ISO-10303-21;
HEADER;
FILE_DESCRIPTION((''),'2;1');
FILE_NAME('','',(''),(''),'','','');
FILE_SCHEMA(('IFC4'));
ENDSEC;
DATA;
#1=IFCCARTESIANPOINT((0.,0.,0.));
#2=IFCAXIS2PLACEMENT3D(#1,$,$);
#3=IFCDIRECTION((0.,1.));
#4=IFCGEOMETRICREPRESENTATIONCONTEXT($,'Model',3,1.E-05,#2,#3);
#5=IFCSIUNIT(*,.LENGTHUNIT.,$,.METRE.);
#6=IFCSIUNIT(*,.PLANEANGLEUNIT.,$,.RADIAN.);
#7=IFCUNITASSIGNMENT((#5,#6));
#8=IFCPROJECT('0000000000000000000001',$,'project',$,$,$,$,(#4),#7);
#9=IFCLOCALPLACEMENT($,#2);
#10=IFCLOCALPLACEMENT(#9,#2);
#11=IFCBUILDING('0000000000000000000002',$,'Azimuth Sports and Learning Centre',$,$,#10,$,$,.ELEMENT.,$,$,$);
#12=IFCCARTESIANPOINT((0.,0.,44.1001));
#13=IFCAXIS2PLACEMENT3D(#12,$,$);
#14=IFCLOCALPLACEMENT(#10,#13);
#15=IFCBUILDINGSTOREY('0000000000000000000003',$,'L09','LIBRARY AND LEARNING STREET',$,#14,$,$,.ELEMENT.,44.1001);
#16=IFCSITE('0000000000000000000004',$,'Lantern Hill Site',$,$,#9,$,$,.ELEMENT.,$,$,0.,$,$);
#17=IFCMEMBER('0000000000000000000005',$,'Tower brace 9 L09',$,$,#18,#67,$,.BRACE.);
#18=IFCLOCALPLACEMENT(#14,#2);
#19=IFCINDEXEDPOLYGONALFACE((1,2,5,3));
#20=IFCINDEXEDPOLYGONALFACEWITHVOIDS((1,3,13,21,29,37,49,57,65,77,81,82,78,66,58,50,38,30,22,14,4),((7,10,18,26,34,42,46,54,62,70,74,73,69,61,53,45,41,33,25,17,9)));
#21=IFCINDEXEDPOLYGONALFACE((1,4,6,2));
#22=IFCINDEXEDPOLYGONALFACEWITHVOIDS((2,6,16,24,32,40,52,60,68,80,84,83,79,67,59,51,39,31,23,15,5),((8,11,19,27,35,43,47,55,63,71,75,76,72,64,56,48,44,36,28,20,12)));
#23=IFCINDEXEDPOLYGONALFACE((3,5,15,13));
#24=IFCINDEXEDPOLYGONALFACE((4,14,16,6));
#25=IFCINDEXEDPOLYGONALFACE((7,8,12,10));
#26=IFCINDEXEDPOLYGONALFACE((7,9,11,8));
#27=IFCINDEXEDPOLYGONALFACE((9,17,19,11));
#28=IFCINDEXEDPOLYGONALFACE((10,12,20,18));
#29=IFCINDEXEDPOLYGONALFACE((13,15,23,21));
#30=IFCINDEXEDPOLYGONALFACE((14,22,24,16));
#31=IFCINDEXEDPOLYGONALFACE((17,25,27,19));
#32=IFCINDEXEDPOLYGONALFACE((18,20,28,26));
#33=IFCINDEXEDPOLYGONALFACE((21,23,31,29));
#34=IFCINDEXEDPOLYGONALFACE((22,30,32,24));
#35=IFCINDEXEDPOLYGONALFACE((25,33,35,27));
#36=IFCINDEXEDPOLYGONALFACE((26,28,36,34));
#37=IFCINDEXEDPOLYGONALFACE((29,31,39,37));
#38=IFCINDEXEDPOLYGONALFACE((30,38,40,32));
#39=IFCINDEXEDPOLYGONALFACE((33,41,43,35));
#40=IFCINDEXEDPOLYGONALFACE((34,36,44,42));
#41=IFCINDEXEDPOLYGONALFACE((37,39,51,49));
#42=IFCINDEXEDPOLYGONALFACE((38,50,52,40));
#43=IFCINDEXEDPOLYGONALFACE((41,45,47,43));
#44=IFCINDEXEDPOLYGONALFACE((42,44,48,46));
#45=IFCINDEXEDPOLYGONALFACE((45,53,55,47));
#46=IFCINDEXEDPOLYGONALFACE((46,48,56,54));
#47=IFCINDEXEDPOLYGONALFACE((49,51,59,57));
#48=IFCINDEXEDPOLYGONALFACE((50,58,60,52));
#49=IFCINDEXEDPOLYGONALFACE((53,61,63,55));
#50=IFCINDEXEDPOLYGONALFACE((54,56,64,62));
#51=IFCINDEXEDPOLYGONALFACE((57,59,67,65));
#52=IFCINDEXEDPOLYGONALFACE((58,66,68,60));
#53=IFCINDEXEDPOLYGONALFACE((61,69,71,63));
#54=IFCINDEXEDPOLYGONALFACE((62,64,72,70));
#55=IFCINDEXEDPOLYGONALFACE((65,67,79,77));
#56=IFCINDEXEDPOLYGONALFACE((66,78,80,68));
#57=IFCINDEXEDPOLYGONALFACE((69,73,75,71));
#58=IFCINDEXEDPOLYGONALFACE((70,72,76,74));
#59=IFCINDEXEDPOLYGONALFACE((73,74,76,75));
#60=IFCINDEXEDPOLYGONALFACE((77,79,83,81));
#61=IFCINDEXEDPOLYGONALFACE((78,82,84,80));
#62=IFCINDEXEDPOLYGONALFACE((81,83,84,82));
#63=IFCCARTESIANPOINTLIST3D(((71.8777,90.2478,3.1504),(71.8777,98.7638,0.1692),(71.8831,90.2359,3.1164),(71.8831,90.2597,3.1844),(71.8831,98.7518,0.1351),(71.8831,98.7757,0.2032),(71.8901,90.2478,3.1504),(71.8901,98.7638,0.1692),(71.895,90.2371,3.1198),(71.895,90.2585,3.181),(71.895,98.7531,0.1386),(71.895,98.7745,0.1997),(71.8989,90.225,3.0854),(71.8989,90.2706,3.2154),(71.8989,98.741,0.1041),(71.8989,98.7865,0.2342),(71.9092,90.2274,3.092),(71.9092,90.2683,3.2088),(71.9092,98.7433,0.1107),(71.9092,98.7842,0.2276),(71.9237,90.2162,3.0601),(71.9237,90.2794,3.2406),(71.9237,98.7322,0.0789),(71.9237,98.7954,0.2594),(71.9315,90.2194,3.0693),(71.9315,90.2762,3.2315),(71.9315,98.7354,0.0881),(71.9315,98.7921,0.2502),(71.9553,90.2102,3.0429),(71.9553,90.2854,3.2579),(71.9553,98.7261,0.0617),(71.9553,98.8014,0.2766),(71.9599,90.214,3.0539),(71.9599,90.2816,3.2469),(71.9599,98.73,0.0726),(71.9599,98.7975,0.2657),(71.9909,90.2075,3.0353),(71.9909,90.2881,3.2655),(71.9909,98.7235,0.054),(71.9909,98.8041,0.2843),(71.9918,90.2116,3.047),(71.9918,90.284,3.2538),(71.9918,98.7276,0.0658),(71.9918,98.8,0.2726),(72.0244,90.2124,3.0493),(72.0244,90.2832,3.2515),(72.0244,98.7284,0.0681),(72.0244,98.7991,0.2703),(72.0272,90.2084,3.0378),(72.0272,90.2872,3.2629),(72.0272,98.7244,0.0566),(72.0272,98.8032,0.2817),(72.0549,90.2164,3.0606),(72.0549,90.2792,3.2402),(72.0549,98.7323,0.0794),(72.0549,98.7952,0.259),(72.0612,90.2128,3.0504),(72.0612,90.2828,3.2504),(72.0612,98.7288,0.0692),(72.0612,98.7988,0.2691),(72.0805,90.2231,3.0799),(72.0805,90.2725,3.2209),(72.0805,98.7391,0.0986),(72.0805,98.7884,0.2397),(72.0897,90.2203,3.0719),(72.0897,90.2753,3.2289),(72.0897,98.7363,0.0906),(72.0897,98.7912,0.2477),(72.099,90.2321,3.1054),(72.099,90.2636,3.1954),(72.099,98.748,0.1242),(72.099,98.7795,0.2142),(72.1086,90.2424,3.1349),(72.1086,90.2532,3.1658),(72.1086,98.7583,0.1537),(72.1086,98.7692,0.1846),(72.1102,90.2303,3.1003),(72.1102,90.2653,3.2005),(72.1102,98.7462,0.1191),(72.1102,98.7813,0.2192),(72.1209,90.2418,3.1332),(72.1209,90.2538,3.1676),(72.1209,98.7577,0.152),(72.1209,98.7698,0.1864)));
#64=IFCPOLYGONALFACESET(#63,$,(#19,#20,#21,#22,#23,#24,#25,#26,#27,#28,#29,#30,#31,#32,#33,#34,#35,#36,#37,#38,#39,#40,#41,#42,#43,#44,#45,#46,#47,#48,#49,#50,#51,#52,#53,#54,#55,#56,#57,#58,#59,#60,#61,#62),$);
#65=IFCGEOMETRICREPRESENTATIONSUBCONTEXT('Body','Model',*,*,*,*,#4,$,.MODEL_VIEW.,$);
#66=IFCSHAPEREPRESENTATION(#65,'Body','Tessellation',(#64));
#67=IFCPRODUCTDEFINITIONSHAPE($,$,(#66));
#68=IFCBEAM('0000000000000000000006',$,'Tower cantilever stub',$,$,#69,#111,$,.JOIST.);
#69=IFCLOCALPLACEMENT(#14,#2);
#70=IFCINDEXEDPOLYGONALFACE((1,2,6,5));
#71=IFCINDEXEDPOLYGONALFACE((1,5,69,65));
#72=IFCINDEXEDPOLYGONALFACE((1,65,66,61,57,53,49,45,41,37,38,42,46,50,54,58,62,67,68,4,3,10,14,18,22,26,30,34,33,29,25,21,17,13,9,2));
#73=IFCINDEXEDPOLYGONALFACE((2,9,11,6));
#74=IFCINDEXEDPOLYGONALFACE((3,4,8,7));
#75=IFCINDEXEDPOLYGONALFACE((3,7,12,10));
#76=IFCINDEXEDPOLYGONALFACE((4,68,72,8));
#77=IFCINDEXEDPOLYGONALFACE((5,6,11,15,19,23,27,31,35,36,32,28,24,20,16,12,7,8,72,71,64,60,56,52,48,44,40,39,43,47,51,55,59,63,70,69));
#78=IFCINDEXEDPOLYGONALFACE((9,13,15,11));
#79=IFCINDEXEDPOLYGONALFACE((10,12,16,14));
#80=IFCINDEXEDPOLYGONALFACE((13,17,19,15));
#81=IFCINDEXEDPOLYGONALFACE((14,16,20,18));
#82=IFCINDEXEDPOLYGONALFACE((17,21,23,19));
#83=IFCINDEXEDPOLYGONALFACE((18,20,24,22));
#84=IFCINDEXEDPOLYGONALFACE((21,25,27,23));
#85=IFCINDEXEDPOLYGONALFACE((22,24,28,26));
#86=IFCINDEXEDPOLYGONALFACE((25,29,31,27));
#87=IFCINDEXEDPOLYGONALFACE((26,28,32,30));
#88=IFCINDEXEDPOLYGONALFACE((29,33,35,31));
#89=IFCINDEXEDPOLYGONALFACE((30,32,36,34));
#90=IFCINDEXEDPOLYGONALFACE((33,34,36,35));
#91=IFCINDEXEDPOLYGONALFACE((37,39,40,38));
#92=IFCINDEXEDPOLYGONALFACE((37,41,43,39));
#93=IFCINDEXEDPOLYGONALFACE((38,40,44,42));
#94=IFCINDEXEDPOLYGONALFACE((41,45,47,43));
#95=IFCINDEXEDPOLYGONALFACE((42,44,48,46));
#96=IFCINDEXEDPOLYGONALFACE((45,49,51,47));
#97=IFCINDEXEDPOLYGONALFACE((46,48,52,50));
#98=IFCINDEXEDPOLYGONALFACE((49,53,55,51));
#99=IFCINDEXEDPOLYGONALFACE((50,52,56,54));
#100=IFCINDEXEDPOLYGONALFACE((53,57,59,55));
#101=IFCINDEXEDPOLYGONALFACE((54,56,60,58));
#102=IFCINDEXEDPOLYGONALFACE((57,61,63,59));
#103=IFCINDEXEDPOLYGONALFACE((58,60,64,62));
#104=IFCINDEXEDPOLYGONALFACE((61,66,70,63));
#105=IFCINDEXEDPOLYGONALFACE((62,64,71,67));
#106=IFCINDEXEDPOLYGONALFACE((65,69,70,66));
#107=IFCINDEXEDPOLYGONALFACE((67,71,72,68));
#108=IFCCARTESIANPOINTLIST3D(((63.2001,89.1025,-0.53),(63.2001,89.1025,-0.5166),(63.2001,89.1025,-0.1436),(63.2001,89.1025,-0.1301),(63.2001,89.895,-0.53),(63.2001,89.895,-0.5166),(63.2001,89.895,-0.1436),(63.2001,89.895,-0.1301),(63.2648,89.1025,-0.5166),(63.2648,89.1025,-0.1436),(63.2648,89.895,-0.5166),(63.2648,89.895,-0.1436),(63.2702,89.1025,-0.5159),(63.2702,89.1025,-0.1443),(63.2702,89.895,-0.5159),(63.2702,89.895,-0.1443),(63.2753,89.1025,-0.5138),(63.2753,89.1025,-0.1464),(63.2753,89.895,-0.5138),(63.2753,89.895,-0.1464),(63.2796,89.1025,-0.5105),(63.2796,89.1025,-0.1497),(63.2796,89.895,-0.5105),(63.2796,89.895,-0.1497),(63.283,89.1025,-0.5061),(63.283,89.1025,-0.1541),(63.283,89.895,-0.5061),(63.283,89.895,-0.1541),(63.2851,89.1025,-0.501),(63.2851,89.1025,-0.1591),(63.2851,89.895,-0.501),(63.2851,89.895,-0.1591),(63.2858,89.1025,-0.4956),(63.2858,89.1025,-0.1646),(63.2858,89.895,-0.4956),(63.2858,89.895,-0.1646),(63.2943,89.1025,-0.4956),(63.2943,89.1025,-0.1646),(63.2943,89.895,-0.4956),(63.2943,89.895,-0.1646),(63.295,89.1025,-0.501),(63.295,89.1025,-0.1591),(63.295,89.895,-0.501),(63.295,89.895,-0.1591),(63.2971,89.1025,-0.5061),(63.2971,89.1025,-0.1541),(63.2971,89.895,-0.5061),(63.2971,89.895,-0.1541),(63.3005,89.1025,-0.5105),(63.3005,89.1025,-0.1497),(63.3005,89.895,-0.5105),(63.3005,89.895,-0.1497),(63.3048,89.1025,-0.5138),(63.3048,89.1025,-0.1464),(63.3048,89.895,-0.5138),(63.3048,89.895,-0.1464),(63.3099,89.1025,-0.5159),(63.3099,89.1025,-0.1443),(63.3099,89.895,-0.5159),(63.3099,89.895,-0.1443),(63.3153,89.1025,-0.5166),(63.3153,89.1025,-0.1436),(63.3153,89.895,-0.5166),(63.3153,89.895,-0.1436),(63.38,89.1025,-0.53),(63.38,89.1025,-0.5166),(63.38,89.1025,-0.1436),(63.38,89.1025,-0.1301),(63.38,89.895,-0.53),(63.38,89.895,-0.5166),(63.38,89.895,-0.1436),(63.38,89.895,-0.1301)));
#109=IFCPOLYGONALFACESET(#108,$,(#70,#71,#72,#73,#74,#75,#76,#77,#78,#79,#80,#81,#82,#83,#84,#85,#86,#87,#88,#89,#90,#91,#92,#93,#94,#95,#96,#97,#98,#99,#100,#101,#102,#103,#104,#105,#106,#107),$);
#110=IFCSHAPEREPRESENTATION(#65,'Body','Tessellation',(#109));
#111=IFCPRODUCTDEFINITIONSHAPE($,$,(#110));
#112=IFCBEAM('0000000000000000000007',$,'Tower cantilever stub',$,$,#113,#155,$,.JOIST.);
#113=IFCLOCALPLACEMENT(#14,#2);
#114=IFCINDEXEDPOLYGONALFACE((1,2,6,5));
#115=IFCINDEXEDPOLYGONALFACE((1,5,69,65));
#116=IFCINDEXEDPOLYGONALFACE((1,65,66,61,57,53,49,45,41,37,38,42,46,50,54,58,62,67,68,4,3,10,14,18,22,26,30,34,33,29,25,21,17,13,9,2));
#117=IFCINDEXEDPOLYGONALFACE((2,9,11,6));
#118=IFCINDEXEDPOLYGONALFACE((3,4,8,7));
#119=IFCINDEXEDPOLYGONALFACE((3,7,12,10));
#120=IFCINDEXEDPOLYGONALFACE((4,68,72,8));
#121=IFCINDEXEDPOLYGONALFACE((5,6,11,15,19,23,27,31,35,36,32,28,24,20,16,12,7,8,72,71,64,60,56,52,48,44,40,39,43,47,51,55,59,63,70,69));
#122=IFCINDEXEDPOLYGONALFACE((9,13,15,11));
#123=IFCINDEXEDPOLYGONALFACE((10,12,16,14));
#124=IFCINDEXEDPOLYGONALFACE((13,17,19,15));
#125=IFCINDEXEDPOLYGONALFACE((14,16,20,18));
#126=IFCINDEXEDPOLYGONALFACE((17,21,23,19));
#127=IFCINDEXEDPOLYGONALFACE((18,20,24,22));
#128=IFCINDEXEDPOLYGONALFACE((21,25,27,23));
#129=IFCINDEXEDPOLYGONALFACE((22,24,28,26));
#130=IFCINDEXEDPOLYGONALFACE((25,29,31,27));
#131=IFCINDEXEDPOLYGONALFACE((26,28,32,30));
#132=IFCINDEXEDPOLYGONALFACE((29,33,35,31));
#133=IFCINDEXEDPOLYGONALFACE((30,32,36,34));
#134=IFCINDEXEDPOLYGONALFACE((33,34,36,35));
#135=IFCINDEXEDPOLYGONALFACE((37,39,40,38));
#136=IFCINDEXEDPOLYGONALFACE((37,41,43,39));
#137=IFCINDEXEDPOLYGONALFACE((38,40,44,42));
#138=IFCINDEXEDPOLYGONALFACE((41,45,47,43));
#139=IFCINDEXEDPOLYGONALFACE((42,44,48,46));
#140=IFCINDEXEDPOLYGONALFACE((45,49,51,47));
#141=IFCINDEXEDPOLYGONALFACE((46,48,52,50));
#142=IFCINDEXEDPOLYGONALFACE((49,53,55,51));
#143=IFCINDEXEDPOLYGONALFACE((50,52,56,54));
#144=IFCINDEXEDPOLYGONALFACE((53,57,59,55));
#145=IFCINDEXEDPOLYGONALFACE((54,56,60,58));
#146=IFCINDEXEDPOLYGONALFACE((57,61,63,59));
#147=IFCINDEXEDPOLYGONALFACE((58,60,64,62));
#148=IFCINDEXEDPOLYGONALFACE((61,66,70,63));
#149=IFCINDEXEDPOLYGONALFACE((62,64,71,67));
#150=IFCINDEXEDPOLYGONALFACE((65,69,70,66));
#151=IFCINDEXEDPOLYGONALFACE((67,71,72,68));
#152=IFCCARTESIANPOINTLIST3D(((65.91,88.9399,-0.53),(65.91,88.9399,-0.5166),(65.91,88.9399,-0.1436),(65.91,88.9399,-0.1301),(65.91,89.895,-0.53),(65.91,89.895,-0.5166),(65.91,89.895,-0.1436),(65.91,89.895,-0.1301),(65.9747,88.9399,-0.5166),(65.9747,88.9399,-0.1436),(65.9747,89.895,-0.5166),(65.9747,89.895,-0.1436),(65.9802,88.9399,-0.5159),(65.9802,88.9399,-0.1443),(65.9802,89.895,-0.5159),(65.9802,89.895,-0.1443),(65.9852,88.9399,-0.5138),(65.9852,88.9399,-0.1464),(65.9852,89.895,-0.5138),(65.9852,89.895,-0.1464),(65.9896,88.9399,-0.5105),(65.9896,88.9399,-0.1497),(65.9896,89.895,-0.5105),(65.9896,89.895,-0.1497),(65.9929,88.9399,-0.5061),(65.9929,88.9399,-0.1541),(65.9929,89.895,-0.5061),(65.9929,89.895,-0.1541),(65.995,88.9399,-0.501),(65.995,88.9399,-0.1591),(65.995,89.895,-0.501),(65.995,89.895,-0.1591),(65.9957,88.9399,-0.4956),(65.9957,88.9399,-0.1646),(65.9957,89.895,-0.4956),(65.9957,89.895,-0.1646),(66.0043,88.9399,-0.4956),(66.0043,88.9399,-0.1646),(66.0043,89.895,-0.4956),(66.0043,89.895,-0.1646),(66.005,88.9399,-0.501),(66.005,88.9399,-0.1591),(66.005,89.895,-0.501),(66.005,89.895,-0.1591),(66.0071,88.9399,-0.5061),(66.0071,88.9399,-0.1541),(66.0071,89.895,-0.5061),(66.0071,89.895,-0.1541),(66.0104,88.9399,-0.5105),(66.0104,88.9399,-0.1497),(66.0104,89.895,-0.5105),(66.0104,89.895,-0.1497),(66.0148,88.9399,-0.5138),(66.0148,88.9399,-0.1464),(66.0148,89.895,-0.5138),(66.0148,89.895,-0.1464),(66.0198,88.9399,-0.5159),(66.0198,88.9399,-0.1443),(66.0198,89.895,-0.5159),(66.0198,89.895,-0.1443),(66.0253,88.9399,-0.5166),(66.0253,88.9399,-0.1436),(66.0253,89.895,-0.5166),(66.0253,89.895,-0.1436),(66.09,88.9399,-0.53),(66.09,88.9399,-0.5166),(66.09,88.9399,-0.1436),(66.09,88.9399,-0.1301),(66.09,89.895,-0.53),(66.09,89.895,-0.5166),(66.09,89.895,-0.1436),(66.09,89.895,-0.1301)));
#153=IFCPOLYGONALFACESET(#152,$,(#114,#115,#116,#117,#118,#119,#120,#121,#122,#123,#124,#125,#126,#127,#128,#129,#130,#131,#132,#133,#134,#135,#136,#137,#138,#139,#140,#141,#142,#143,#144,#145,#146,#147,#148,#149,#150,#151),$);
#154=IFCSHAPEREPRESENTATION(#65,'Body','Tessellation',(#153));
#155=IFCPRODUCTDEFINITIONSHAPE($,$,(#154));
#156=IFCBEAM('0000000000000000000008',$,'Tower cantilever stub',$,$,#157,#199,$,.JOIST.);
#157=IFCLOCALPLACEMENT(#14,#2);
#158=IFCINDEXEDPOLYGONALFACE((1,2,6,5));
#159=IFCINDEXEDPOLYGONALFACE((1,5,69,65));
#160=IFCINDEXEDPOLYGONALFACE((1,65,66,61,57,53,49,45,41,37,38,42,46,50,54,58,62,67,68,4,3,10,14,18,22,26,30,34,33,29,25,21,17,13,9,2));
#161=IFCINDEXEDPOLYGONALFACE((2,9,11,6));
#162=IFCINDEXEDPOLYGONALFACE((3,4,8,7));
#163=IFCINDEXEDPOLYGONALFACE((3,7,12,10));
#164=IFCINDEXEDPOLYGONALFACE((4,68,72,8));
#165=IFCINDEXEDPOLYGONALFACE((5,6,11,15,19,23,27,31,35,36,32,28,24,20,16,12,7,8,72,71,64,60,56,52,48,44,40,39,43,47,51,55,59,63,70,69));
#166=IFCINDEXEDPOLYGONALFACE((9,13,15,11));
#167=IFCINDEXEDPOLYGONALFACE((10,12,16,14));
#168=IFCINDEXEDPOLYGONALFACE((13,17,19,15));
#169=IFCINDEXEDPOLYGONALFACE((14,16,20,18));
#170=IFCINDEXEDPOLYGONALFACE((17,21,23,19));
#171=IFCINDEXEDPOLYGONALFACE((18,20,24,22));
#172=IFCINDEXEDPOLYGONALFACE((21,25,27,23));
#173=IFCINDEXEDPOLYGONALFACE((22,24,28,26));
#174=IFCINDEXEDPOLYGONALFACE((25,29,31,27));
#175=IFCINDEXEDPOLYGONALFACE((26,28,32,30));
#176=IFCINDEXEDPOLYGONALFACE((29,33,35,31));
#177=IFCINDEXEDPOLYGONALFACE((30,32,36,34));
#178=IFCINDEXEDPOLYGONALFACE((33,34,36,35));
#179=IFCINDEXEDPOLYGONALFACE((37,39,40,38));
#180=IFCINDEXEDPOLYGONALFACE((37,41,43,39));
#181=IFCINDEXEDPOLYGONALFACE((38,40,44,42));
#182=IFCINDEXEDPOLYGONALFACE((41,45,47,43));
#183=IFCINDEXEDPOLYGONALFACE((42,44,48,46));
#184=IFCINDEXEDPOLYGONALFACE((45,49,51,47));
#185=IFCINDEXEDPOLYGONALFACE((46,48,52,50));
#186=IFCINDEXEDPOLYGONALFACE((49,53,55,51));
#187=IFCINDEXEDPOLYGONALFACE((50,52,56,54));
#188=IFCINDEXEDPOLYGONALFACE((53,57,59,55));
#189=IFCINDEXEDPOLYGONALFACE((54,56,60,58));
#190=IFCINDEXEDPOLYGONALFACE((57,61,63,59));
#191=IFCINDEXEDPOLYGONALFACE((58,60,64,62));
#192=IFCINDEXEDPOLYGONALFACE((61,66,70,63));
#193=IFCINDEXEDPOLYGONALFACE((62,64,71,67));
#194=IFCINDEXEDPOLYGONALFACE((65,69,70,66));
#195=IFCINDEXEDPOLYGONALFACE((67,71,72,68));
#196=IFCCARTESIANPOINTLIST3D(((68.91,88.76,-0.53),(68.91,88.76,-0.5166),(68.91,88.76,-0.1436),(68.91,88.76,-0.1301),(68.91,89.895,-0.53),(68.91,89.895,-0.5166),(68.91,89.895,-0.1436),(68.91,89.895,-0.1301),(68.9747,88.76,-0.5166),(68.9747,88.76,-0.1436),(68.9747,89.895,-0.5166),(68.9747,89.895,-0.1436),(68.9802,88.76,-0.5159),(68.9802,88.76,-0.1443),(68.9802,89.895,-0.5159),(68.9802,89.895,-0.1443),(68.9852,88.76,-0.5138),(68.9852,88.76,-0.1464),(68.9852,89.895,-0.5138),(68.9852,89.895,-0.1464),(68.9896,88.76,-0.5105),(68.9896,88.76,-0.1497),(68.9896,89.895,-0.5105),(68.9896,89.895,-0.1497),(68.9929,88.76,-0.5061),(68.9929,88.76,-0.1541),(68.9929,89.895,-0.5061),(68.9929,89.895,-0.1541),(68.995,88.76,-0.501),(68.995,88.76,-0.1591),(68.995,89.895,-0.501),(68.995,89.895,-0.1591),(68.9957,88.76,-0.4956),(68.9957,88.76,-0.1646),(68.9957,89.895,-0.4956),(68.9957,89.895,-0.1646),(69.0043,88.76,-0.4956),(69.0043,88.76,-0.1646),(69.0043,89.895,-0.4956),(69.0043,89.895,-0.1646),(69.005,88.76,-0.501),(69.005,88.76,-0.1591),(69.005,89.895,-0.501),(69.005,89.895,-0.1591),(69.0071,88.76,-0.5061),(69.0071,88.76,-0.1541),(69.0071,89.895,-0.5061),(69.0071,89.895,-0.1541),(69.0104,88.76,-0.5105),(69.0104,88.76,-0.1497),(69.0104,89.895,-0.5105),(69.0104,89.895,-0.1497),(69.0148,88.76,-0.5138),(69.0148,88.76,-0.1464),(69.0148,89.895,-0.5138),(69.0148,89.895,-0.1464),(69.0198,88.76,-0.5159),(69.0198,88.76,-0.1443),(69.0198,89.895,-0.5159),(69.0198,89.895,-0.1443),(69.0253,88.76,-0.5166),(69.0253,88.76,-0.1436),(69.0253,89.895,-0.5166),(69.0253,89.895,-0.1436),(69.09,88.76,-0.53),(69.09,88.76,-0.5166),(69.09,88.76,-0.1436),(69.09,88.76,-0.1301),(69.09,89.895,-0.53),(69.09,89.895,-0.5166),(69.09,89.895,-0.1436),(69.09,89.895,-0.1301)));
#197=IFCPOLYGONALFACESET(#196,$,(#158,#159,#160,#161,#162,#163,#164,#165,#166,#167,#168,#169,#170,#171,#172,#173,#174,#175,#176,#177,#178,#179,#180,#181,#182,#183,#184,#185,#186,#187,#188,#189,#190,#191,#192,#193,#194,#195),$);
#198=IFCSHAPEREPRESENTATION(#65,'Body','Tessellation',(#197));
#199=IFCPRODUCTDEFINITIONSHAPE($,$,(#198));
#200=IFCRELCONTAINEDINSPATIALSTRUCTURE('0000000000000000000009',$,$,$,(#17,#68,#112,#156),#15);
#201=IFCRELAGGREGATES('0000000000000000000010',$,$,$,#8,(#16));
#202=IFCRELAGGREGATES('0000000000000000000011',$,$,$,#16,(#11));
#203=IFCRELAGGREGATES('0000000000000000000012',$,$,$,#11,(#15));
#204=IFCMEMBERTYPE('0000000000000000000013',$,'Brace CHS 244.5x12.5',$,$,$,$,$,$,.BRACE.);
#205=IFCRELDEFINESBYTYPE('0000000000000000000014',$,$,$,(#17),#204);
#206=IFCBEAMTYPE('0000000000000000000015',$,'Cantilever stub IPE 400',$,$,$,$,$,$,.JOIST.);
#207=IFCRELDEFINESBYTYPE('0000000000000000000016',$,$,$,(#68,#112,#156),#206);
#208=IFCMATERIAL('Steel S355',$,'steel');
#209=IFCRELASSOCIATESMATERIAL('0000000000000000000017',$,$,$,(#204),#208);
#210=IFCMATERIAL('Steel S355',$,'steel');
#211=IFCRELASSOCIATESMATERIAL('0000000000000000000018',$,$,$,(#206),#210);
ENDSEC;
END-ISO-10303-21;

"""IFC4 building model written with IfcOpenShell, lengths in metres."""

from ifc_helpers import new_model, si_unit, direction, frame, origin, origin_2d, place, context, subcontext, project, spatial, hollow_circle, i_section, extrude, material, material_profile, profile_set, type_object, element, save


model = new_model("IFC4")

# Units and contexts
model_context = context("Model", 3, precision=1e-05, world=origin(), true_north=direction((0.0, 1.0)))
body_context = subcontext(model_context, "Body", "Model", "MODEL_VIEW")
ifc_project = project(units=[si_unit("LENGTHUNIT", "METRE"), si_unit("PLANEANGLEUNIT", "RADIAN")], contexts=[model_context])

# Site, building, storey
site_placement = place(None, origin())
site = spatial("IfcSite", under=ifc_project, at=site_placement, Name="Lantern Hill Site", CompositionType="ELEMENT", RefElevation=0.0)
building_placement = place(site_placement, origin())
building = spatial("IfcBuilding", under=site, at=building_placement, Name="Azimuth Sports and Learning Centre", CompositionType="ELEMENT")
storey_placement = place(building_placement, frame((0.0, 0.0, 44.1001)))
storey = spatial("IfcBuildingStorey", under=building, at=storey_placement, Name="L09", Description="LIBRARY AND LEARNING STREET", CompositionType="ELEMENT", Elevation=44.1001)

# Member
ifc_material_1 = material(Name="Steel S355", Category="steel")
ifc_material_profile_1 = material_profile(ifc_material_1, hollow_circle(Radius=0.1223, WallThickness=0.0125, at=origin_2d()), Name="CHS 244.5x12.5")
ifc_profile_set_1 = profile_set([ifc_material_profile_1], Name="Steel S355")
member_type_1 = type_object("IfcMemberType", Name="Brace CHS 244.5x12.5", PredefinedType="BRACE", material=ifc_profile_set_1)
member_1_placement = place(storey_placement, frame((72.0, 90.2478, 3.1504), z_axis=(0.0, 0.943836, -0.330414), x_axis=(-1.0, 0.0, 0.0)))
element("IfcMember", 1, at=member_1_placement, inside=storey, type_object=member_type_1, Name="Tower brace 9 L09", PredefinedType="BRACE", context=body_context, shape_type="SweptSolid", body=[
    extrude(hollow_circle(Radius=0.1223, WallThickness=0.0125, at=origin_2d()), origin(), (0.0, 0.0, 1.0), 9.0227),
])

# Beams
ifc_material_2 = material(Name="Steel S355", Category="steel")
ifc_material_profile_2 = material_profile(ifc_material_2, i_section(OverallWidth=0.1799, OverallDepth=0.3999, WebThickness=0.0085, FlangeThickness=0.0134, FilletRadius=0.021, at=origin_2d()), Name="IPE 400")
ifc_profile_set_2 = profile_set([ifc_material_profile_2], Name="Steel S355")
beam_type_1 = type_object("IfcBeamType", Name="Cantilever stub IPE 400", PredefinedType="JOIST", material=ifc_profile_set_2)
beam_1_placement = place(storey_placement, frame((63.29, 89.895, -0.3301), z_axis=(0.0, -1.0, 0.0), x_axis=(1.0, 0.0, 0.0)))
element("IfcBeam", 2, at=beam_1_placement, inside=storey, type_object=beam_type_1, Name="Tower cantilever stub", PredefinedType="JOIST", context=body_context, shape_type="SweptSolid", body=[
    extrude(i_section(OverallWidth=0.1799, OverallDepth=0.3999, WebThickness=0.0085, FlangeThickness=0.0134, FilletRadius=0.021, at=origin_2d()), origin(), (0.0, 0.0, 1.0), 0.7925),
])
beam_2_placement = place(storey_placement, frame((66.0, 89.895, -0.3301), z_axis=(0.0, -1.0, 0.0), x_axis=(1.0, 0.0, 0.0)))
element("IfcBeam", 3, at=beam_2_placement, inside=storey, type_object=beam_type_1, Name="Tower cantilever stub", PredefinedType="JOIST", context=body_context, shape_type="SweptSolid", body=[
    extrude(i_section(OverallWidth=0.1799, OverallDepth=0.3999, WebThickness=0.0085, FlangeThickness=0.0134, FilletRadius=0.021, at=origin_2d()), origin(), (0.0, 0.0, 1.0), 0.9551),
])
beam_3_placement = place(storey_placement, frame((69.0, 89.895, -0.3301), z_axis=(0.0, -1.0, 0.0), x_axis=(1.0, 0.0, 0.0)))
element("IfcBeam", 4, at=beam_3_placement, inside=storey, type_object=beam_type_1, Name="Tower cantilever stub", PredefinedType="JOIST", context=body_context, shape_type="SweptSolid", body=[
    extrude(i_section(OverallWidth=0.1799, OverallDepth=0.3999, WebThickness=0.0085, FlangeThickness=0.0134, FilletRadius=0.021, at=origin_2d()), origin(), (0.0, 0.0, 1.0), 1.135),
])

save(model, "model.ifc")
